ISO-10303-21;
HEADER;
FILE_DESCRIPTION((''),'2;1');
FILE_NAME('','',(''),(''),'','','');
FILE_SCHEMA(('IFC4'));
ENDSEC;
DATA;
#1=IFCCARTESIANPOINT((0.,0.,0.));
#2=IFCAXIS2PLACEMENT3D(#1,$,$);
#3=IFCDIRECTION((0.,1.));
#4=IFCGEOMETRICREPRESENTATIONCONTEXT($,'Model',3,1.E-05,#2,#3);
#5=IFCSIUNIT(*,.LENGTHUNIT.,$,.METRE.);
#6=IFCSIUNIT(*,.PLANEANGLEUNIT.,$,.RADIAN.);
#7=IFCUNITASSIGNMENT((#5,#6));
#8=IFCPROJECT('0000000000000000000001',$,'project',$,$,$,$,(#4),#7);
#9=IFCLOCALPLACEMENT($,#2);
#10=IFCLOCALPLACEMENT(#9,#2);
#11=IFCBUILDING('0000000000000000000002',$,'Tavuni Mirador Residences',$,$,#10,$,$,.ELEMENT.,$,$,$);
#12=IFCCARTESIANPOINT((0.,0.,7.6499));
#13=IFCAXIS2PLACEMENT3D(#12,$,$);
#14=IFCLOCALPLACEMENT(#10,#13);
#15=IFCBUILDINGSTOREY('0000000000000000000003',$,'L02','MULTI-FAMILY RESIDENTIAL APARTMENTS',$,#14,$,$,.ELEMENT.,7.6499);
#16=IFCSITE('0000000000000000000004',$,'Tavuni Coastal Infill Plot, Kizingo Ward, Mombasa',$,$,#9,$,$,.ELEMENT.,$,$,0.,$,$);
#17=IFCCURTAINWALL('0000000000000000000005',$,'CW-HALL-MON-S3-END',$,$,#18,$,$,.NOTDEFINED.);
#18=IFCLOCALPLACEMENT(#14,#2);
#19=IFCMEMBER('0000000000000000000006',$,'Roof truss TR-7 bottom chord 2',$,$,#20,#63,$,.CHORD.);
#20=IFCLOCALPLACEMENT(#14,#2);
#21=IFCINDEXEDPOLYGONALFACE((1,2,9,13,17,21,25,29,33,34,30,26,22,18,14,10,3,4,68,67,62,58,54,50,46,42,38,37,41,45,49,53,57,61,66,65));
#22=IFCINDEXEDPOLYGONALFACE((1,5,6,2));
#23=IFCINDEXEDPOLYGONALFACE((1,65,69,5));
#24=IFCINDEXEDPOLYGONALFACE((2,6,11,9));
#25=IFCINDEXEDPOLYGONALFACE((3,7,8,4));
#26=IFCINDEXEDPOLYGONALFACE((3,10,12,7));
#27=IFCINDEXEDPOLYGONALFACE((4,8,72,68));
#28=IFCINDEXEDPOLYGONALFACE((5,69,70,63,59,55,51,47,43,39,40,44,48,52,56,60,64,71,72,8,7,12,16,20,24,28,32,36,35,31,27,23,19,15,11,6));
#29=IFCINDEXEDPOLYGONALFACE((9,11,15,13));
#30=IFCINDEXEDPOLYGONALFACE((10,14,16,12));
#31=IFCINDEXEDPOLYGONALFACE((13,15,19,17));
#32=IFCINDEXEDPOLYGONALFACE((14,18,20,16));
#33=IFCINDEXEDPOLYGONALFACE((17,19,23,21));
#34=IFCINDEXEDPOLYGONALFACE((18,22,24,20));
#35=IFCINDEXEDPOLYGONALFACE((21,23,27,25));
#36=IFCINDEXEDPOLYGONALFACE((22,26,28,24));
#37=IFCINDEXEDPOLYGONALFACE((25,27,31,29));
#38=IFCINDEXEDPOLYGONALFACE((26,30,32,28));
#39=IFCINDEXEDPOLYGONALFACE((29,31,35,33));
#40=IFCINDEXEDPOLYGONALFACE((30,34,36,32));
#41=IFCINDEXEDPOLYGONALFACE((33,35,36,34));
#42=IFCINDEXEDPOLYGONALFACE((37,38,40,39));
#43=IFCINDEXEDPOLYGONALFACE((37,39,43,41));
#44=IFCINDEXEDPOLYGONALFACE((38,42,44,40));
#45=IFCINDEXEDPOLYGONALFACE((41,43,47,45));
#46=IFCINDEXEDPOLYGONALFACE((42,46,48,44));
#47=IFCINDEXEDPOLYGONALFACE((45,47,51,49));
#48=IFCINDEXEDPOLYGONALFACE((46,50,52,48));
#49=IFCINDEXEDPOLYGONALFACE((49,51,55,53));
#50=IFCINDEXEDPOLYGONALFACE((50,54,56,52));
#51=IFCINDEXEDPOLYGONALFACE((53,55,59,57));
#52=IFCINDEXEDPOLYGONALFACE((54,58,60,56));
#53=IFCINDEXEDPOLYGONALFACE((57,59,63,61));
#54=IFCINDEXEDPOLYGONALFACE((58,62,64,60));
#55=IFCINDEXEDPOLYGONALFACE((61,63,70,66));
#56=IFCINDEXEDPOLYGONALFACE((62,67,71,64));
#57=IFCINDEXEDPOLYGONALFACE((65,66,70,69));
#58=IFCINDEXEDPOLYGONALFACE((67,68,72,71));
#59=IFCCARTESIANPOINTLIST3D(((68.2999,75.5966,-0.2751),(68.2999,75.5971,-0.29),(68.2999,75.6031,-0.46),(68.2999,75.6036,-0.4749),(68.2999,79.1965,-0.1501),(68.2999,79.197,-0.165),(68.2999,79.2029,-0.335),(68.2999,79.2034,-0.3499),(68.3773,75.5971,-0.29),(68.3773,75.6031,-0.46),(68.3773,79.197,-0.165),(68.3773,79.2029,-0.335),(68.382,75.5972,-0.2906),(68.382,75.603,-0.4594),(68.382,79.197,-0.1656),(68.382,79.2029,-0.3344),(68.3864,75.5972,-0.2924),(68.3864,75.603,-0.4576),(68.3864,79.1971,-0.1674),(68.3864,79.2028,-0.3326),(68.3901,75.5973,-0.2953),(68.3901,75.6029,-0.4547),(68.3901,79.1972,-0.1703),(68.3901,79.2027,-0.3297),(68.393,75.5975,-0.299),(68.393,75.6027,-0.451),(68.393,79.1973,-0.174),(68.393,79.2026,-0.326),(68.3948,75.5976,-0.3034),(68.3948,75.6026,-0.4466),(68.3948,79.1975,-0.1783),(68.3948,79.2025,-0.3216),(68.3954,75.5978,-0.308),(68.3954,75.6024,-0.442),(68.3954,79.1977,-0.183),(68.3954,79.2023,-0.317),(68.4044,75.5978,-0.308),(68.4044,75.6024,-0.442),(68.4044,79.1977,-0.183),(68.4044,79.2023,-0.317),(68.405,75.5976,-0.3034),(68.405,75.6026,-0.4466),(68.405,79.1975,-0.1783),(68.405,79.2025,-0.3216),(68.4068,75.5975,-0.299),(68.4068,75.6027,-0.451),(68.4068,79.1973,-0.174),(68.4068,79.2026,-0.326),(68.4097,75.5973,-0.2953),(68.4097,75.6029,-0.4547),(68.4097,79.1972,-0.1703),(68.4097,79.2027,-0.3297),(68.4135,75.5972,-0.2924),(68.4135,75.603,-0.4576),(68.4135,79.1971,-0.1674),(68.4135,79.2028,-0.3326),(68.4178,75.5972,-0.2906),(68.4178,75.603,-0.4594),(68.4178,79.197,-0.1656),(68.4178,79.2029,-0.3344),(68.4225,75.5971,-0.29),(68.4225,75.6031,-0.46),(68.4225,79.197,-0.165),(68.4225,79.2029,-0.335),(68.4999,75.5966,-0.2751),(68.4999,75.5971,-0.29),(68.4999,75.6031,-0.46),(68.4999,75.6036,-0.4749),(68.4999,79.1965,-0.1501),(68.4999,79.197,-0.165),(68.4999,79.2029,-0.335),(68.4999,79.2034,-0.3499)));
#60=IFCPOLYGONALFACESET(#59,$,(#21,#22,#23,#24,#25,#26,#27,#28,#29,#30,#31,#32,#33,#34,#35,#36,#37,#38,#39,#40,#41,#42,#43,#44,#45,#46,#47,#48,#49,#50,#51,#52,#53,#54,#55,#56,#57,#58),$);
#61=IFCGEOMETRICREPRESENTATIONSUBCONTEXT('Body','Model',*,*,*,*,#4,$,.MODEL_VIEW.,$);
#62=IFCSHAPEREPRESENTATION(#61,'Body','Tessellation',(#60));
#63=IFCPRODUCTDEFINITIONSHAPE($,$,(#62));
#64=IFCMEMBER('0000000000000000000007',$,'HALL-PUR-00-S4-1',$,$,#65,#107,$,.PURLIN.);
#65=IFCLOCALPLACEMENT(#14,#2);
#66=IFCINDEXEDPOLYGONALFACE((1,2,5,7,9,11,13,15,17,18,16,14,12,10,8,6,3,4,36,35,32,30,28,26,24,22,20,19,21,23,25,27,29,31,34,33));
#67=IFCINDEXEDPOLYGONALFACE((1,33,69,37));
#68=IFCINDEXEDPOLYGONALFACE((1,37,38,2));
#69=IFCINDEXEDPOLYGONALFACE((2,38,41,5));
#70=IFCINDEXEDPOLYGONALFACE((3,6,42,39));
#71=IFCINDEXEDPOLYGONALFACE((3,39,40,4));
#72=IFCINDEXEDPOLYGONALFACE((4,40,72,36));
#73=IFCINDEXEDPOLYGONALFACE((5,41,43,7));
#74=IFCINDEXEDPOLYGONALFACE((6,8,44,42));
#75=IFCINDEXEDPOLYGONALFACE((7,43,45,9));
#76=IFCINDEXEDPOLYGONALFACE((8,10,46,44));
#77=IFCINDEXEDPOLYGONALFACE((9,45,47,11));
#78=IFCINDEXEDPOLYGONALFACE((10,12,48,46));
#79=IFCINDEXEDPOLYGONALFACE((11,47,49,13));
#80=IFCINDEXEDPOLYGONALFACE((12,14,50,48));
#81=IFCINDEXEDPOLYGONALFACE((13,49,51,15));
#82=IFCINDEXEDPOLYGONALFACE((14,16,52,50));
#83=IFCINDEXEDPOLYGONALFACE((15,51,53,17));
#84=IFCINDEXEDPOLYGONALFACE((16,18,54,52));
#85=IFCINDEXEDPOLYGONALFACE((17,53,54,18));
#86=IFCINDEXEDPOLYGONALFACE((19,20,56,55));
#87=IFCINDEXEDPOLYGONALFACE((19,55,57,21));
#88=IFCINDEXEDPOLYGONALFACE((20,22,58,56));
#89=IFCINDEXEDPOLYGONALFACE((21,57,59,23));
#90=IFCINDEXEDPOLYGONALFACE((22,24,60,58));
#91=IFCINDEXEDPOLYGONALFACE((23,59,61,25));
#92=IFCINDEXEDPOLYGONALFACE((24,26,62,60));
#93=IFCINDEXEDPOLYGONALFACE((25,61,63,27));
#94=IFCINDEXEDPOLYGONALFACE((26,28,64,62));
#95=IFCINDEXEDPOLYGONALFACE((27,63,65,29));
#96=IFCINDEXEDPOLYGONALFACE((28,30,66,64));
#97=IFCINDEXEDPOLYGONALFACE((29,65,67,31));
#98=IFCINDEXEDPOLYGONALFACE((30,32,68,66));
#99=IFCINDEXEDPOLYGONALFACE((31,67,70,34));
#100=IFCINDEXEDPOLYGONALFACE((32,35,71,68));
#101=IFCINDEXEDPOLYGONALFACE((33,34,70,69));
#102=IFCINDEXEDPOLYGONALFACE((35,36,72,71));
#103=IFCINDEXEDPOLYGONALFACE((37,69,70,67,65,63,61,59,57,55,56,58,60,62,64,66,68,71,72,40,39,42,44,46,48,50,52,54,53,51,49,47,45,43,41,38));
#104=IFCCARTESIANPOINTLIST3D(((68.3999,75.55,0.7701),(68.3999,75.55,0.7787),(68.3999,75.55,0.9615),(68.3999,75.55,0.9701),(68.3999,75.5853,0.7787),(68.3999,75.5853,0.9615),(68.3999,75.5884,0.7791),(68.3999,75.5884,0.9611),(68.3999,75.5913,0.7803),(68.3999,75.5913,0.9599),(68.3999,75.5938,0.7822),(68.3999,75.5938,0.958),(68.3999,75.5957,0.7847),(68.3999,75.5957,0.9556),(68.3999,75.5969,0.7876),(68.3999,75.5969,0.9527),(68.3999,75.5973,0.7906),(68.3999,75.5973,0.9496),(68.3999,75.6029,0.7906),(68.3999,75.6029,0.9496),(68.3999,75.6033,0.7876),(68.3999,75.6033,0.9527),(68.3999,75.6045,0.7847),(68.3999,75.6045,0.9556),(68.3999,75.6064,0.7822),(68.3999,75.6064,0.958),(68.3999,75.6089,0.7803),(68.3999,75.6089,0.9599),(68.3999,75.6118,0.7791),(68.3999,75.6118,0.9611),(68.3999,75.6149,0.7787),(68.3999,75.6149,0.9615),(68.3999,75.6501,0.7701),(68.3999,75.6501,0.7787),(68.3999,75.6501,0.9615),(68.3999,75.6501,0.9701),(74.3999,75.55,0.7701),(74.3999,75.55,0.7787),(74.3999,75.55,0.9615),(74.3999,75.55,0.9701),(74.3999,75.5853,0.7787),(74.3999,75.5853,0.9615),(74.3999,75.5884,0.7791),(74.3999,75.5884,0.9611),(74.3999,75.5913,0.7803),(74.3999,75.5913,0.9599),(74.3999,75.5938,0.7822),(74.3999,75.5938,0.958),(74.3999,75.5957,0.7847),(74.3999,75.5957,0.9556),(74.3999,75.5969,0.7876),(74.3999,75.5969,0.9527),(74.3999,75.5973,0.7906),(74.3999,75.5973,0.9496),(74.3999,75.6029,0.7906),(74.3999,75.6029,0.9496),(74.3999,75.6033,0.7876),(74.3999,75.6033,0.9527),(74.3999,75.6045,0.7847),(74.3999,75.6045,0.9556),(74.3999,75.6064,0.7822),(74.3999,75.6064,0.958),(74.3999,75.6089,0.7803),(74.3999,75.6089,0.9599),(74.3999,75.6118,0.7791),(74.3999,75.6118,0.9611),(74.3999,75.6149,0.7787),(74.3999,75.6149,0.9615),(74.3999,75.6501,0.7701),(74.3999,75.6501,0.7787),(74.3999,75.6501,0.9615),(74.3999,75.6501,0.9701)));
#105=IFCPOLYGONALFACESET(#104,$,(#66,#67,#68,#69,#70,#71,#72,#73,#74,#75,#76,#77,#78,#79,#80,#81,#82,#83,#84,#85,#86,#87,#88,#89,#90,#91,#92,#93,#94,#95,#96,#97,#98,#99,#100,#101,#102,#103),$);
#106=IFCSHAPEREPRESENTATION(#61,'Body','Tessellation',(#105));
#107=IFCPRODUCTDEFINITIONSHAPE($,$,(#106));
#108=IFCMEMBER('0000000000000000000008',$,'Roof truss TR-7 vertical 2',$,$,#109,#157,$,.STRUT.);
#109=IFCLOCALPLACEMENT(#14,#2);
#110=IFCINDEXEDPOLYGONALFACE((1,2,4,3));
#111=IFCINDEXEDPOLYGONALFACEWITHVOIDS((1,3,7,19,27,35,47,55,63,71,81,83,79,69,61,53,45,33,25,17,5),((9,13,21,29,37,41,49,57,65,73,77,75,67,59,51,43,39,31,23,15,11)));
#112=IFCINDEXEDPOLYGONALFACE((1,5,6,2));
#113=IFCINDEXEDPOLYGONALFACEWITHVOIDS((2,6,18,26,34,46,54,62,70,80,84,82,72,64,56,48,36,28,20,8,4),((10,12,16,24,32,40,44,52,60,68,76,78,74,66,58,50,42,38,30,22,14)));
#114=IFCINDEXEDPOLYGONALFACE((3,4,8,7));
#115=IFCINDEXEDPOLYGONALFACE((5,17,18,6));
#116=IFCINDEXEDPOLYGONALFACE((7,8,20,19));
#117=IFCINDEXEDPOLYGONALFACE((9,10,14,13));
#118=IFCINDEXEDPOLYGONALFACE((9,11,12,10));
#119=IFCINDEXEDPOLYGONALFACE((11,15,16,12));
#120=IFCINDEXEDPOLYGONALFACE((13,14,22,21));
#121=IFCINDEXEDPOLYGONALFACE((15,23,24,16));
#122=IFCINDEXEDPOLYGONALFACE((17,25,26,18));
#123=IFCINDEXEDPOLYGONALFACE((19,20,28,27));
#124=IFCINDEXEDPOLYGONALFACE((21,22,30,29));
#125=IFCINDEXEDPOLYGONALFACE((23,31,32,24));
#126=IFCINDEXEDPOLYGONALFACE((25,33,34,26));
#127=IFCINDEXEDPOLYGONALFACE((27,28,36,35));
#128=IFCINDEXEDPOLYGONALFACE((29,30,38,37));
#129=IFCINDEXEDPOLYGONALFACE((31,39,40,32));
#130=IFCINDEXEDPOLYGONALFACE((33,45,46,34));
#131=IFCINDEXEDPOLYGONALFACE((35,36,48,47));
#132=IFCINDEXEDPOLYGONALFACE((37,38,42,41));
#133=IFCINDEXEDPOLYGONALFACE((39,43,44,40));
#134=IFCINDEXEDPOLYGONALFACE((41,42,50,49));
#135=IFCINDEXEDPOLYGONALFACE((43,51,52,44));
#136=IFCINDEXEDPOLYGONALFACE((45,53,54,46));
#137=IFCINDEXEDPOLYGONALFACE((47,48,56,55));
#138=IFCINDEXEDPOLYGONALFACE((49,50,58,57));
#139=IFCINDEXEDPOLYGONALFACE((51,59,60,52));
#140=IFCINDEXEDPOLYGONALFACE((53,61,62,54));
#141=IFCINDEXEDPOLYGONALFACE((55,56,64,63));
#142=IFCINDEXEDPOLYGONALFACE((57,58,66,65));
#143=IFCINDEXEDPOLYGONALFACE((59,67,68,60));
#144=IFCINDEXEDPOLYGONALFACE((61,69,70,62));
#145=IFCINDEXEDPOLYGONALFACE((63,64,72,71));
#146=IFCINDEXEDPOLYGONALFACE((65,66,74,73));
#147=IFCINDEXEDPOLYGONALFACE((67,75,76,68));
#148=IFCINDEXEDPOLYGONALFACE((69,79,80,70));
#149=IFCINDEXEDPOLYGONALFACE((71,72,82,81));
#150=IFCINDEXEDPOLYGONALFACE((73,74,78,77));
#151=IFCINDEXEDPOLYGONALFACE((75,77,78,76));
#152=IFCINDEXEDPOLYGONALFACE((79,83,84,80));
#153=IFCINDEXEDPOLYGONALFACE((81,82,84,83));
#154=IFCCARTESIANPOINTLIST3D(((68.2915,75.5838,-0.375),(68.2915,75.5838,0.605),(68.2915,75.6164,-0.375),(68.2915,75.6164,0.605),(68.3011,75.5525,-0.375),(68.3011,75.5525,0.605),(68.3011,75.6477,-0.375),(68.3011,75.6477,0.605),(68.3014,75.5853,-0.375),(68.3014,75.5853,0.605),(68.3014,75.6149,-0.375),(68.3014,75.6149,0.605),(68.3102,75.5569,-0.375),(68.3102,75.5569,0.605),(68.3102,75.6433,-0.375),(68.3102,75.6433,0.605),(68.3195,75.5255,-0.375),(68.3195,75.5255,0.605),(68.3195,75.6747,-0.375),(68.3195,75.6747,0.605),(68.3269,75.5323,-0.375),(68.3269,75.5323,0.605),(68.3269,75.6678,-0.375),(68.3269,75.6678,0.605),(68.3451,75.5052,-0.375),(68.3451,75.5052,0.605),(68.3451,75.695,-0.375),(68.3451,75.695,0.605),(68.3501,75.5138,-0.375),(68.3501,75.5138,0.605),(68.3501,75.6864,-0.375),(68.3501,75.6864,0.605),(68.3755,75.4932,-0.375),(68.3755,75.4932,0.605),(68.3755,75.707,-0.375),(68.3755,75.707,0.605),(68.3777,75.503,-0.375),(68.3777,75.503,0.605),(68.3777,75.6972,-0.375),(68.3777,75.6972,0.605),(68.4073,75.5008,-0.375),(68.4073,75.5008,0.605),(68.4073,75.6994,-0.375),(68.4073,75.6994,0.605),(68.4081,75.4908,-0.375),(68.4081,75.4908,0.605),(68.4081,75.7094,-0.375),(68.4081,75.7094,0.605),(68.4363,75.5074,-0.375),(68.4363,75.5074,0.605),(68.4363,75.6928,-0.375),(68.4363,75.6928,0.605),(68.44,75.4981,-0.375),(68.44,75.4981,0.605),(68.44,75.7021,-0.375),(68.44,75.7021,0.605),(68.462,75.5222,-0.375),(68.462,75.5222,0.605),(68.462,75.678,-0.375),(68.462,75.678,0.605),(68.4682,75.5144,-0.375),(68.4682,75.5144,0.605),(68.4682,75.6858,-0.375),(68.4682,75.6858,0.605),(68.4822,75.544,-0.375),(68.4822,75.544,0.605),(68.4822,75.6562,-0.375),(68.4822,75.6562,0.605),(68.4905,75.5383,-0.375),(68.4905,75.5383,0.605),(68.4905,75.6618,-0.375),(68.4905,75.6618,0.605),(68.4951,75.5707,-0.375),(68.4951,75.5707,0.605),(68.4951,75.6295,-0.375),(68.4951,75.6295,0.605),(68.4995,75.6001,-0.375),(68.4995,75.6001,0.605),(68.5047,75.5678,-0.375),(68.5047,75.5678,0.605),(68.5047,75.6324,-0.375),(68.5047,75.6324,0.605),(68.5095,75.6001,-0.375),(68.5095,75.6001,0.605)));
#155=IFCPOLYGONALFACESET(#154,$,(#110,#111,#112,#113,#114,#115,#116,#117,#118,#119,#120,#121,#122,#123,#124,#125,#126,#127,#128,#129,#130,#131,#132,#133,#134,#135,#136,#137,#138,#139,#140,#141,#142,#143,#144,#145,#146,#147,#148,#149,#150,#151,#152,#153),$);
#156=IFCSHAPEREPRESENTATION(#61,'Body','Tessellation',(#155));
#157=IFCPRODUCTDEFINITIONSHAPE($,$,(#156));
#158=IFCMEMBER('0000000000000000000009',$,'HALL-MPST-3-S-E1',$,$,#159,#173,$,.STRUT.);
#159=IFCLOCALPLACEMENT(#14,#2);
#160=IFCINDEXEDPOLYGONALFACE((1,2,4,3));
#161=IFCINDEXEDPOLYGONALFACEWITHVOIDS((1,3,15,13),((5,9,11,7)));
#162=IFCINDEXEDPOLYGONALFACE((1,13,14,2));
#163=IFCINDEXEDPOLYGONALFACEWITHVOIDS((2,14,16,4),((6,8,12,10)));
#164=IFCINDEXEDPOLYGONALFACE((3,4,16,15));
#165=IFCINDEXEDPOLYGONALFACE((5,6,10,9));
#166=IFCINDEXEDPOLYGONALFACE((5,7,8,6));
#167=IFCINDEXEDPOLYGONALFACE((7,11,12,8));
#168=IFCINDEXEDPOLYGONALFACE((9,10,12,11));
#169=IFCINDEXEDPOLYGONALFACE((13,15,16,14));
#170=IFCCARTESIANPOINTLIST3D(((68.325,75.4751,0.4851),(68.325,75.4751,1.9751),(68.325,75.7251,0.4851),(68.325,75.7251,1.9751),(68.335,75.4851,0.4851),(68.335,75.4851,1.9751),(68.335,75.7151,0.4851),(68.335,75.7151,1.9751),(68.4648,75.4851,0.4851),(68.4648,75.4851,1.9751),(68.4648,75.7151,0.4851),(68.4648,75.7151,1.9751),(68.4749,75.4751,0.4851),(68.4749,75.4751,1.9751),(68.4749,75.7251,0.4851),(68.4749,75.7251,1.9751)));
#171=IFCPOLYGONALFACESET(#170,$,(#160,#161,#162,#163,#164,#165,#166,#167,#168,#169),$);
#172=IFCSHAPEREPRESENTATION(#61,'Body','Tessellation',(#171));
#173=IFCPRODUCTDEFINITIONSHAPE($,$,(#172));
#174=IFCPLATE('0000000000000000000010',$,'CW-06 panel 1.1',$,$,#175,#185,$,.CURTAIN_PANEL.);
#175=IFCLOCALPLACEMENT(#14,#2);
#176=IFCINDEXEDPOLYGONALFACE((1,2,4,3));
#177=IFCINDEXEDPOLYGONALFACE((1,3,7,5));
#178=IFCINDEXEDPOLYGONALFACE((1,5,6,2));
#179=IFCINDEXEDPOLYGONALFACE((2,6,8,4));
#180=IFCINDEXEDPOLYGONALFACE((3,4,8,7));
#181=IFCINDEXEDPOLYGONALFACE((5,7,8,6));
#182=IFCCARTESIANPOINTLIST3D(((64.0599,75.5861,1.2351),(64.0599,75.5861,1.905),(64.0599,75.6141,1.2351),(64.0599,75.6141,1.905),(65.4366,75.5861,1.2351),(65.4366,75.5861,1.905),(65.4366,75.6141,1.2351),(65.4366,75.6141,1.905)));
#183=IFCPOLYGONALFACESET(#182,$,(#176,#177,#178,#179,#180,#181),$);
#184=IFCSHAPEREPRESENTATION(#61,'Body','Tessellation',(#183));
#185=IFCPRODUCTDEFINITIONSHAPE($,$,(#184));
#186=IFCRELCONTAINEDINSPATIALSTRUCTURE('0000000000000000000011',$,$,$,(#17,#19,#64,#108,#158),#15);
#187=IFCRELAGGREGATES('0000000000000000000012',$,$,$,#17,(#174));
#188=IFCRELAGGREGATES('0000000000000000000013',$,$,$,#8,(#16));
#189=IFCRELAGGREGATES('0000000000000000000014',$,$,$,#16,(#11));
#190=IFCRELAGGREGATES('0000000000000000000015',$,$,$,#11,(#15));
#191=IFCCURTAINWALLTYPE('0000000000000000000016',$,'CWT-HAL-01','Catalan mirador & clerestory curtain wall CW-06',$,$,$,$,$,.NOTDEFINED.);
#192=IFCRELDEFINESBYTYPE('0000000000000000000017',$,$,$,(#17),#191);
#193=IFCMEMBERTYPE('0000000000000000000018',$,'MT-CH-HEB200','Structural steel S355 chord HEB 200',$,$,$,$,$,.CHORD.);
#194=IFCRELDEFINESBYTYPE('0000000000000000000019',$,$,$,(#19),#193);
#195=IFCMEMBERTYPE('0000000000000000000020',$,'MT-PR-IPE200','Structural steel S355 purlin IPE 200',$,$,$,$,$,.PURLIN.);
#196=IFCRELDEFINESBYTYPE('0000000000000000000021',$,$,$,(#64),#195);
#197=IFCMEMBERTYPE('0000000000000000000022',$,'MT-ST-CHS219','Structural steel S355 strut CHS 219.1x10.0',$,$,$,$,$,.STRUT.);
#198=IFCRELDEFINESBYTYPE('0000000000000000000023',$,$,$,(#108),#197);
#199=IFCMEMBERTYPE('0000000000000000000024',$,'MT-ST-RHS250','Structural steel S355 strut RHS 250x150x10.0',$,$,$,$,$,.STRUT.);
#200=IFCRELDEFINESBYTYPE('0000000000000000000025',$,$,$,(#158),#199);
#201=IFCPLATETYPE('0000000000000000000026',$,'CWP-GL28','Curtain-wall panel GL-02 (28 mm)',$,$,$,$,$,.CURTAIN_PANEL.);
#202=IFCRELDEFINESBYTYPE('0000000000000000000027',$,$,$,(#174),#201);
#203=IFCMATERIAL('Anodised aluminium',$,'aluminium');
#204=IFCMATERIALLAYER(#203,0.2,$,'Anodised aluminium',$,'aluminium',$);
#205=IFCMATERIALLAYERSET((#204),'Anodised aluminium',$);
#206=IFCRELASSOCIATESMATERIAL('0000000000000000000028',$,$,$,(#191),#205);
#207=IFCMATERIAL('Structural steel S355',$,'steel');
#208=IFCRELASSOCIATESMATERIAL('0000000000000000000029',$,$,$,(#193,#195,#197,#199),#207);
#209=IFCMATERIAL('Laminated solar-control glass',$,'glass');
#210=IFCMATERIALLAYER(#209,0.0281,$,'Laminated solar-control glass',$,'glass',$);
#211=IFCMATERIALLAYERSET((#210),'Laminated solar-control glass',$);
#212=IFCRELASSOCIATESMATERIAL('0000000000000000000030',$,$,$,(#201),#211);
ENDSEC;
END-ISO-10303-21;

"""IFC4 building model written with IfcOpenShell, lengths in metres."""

from ifc_helpers import new_model, si_unit, direction, frame, origin, origin_2d, place, context, subcontext, project, spatial, rectangle, hollow_rectangle, hollow_circle, i_section, extrude, material, layer, layer_set, material_profile, profile_set, type_object, element, aggregate, save


model = new_model("IFC4")

# Units and contexts
model_context = context("Model", 3, precision=1e-05, world=origin(), true_north=direction((0.0, 1.0)))
body_context = subcontext(model_context, "Body", "Model", "MODEL_VIEW")
ifc_project = project(units=[si_unit("LENGTHUNIT", "METRE"), si_unit("PLANEANGLEUNIT", "RADIAN")], contexts=[model_context])

# Site, building, storey
site_placement = place(None, origin())
site = spatial("IfcSite", under=ifc_project, at=site_placement, Name="Tavuni Coastal Infill Plot, Kizingo Ward, Mombasa", CompositionType="ELEMENT", RefElevation=0.0)
building_placement = place(site_placement, origin())
building = spatial("IfcBuilding", under=site, at=building_placement, Name="Tavuni Mirador Residences", CompositionType="ELEMENT")
storey_placement = place(building_placement, frame((0.0, 0.0, 7.6499)))
storey = spatial("IfcBuildingStorey", under=building, at=storey_placement, Name="L02", Description="MULTI-FAMILY RESIDENTIAL APARTMENTS", CompositionType="ELEMENT", Elevation=7.6499)

# Shared definitions
ifc_material_1 = material(Name="Anodised aluminium", Category="aluminium")
ifc_layer_1 = layer(ifc_material_1, 0.2, Name="Anodised aluminium", Category="aluminium")
ifc_layer_set_1 = layer_set([ifc_layer_1], Name="Anodised aluminium")
curtain_wall_type = type_object("IfcCurtainWallType", Name="CWT-HAL-01", Description="Catalan mirador & clerestory curtain wall CW-06", PredefinedType="NOTDEFINED", material=ifc_layer_set_1)

# Curtain wall
curtain_wall_1_placement = place(storey_placement, origin())
curtain_wall_1 = element("IfcCurtainWall", 1, at=curtain_wall_1_placement, inside=storey, type_object=curtain_wall_type, Name="CW-HALL-MON-S3-END", PredefinedType="NOTDEFINED")

# Members
ifc_material_2 = material(Name="Structural steel S355", Category="steel")
ifc_material_profile_1 = material_profile(ifc_material_2, i_section(OverallWidth=0.2, OverallDepth=0.2, WebThickness=0.009, FlangeThickness=0.0149, FilletRadius=0.0181, at=origin_2d()), Name="HEB 200", Category="steel")
ifc_profile_set_1 = profile_set([ifc_material_profile_1], Name="Structural steel S355")
member_type_1 = type_object("IfcMemberType", Name="MT-CH-HEB200", Description="Structural steel S355 chord HEB 200", PredefinedType="CHORD", material=ifc_profile_set_1)
member_1_placement = place(storey_placement, frame((68.3999, 75.6001, -0.375), z_axis=(0.0, 0.999398, 0.034703), x_axis=(-1.0, 0.0, 0.0)))
element("IfcMember", 2, at=member_1_placement, inside=storey, type_object=member_type_1, Name="Roof truss TR-7 bottom chord 2", PredefinedType="CHORD", context=body_context, shape_type="SweptSolid", body=[
    extrude(i_section(OverallWidth=0.2, OverallDepth=0.2, WebThickness=0.009, FlangeThickness=0.0149, FilletRadius=0.0181, at=origin_2d()), origin(), (0.0, 0.0, 1.0), 3.6021),
])
ifc_material_profile_2 = material_profile(ifc_material_2, i_section(OverallWidth=0.1001, OverallDepth=0.2, WebThickness=0.0056, FlangeThickness=0.0085, FilletRadius=0.012, at=origin_2d()), Name="IPE 200", Category="steel")
ifc_profile_set_2 = profile_set([ifc_material_profile_2], Name="Structural steel S355")
member_type_2 = type_object("IfcMemberType", Name="MT-PR-IPE200", Description="Structural steel S355 purlin IPE 200", PredefinedType="PURLIN", material=ifc_profile_set_2)
member_2_placement = place(storey_placement, frame((68.3999, 75.6001, 0.8701), z_axis=(1.0, 0.0, 0.0), x_axis=(0.0, 1.0, 0.0)))
element("IfcMember", 3, at=member_2_placement, inside=storey, type_object=member_type_2, Name="HALL-PUR-00-S4-1", PredefinedType="PURLIN", context=body_context, shape_type="SweptSolid", body=[
    extrude(i_section(OverallWidth=0.1001, OverallDepth=0.2, WebThickness=0.0056, FlangeThickness=0.0085, FilletRadius=0.012, at=origin_2d()), origin(), (0.0, 0.0, 1.0), 6.0),
])
ifc_material_profile_3 = material_profile(ifc_material_2, hollow_circle(Radius=0.1096, WallThickness=0.01, at=origin_2d()), Name="CHS 219.1x10.0", Category="steel")
ifc_profile_set_3 = profile_set([ifc_material_profile_3], Name="Structural steel S355")
member_type_3 = type_object("IfcMemberType", Name="MT-ST-CHS219", Description="Structural steel S355 strut CHS 219.1x10.0", PredefinedType="STRUT", material=ifc_profile_set_3)
member_3_placement = place(storey_placement, frame((68.3999, 75.6001, -0.375), z_axis=(0.0, 0.0, 1.0), x_axis=(1.0, 0.0, 0.0)))
element("IfcMember", 4, at=member_3_placement, inside=storey, type_object=member_type_3, Name="Roof truss TR-7 vertical 2", PredefinedType="STRUT", context=body_context, shape_type="SweptSolid", body=[
    extrude(hollow_circle(Radius=0.1096, WallThickness=0.01, at=origin_2d()), origin(), (0.0, 0.0, 1.0), 0.98),
])
ifc_material_profile_4 = material_profile(ifc_material_2, hollow_rectangle(XDim=0.1499, YDim=0.25, WallThickness=0.01, at=origin_2d()), Name="RHS 250x150x10.0", Category="steel")
ifc_profile_set_4 = profile_set([ifc_material_profile_4], Name="Structural steel S355")
member_type_4 = type_object("IfcMemberType", Name="MT-ST-RHS250", Description="Structural steel S355 strut RHS 250x150x10.0", PredefinedType="STRUT", material=ifc_profile_set_4)
member_4_placement = place(storey_placement, frame((68.3999, 75.6001, 0.4851), z_axis=(0.0, 0.0, 1.0), x_axis=(1.0, 0.0, 0.0)))
element("IfcMember", 5, at=member_4_placement, inside=storey, type_object=member_type_4, Name="HALL-MPST-3-S-E1", PredefinedType="STRUT", context=body_context, shape_type="SweptSolid", body=[
    extrude(hollow_rectangle(XDim=0.1499, YDim=0.25, WallThickness=0.01, at=origin_2d()), origin(), (0.0, 0.0, 1.0), 1.49),
])

# Plate
ifc_material_3 = material(Name="Laminated solar-control glass", Category="glass")
ifc_layer_2 = layer(ifc_material_3, 0.0281, Name="Laminated solar-control glass", Category="glass")
ifc_layer_set_2 = layer_set([ifc_layer_2], Name="Laminated solar-control glass")
plate_type_1 = type_object("IfcPlateType", Name="CWP-GL28", Description="Curtain-wall panel GL-02 (28 mm)", PredefinedType="CURTAIN_PANEL", material=ifc_layer_set_2)
plate_1_placement = place(storey_placement, frame((64.7483, 75.6001, 1.2351), z_axis=(0.0, 0.0, 1.0), x_axis=(1.0, 0.0, 0.0)))
plate_1 = element("IfcPlate", 6, at=plate_1_placement, type_object=plate_type_1, Name="CW-06 panel 1.1", PredefinedType="CURTAIN_PANEL", context=body_context, shape_type="SweptSolid", body=[
    extrude(rectangle(XDim=1.3767, YDim=0.0281, at=origin_2d()), origin(), (0.0, 0.0, 1.0), 0.6699),
])
aggregate(curtain_wall_1, [plate_1])

save(model, "model.ifc")
